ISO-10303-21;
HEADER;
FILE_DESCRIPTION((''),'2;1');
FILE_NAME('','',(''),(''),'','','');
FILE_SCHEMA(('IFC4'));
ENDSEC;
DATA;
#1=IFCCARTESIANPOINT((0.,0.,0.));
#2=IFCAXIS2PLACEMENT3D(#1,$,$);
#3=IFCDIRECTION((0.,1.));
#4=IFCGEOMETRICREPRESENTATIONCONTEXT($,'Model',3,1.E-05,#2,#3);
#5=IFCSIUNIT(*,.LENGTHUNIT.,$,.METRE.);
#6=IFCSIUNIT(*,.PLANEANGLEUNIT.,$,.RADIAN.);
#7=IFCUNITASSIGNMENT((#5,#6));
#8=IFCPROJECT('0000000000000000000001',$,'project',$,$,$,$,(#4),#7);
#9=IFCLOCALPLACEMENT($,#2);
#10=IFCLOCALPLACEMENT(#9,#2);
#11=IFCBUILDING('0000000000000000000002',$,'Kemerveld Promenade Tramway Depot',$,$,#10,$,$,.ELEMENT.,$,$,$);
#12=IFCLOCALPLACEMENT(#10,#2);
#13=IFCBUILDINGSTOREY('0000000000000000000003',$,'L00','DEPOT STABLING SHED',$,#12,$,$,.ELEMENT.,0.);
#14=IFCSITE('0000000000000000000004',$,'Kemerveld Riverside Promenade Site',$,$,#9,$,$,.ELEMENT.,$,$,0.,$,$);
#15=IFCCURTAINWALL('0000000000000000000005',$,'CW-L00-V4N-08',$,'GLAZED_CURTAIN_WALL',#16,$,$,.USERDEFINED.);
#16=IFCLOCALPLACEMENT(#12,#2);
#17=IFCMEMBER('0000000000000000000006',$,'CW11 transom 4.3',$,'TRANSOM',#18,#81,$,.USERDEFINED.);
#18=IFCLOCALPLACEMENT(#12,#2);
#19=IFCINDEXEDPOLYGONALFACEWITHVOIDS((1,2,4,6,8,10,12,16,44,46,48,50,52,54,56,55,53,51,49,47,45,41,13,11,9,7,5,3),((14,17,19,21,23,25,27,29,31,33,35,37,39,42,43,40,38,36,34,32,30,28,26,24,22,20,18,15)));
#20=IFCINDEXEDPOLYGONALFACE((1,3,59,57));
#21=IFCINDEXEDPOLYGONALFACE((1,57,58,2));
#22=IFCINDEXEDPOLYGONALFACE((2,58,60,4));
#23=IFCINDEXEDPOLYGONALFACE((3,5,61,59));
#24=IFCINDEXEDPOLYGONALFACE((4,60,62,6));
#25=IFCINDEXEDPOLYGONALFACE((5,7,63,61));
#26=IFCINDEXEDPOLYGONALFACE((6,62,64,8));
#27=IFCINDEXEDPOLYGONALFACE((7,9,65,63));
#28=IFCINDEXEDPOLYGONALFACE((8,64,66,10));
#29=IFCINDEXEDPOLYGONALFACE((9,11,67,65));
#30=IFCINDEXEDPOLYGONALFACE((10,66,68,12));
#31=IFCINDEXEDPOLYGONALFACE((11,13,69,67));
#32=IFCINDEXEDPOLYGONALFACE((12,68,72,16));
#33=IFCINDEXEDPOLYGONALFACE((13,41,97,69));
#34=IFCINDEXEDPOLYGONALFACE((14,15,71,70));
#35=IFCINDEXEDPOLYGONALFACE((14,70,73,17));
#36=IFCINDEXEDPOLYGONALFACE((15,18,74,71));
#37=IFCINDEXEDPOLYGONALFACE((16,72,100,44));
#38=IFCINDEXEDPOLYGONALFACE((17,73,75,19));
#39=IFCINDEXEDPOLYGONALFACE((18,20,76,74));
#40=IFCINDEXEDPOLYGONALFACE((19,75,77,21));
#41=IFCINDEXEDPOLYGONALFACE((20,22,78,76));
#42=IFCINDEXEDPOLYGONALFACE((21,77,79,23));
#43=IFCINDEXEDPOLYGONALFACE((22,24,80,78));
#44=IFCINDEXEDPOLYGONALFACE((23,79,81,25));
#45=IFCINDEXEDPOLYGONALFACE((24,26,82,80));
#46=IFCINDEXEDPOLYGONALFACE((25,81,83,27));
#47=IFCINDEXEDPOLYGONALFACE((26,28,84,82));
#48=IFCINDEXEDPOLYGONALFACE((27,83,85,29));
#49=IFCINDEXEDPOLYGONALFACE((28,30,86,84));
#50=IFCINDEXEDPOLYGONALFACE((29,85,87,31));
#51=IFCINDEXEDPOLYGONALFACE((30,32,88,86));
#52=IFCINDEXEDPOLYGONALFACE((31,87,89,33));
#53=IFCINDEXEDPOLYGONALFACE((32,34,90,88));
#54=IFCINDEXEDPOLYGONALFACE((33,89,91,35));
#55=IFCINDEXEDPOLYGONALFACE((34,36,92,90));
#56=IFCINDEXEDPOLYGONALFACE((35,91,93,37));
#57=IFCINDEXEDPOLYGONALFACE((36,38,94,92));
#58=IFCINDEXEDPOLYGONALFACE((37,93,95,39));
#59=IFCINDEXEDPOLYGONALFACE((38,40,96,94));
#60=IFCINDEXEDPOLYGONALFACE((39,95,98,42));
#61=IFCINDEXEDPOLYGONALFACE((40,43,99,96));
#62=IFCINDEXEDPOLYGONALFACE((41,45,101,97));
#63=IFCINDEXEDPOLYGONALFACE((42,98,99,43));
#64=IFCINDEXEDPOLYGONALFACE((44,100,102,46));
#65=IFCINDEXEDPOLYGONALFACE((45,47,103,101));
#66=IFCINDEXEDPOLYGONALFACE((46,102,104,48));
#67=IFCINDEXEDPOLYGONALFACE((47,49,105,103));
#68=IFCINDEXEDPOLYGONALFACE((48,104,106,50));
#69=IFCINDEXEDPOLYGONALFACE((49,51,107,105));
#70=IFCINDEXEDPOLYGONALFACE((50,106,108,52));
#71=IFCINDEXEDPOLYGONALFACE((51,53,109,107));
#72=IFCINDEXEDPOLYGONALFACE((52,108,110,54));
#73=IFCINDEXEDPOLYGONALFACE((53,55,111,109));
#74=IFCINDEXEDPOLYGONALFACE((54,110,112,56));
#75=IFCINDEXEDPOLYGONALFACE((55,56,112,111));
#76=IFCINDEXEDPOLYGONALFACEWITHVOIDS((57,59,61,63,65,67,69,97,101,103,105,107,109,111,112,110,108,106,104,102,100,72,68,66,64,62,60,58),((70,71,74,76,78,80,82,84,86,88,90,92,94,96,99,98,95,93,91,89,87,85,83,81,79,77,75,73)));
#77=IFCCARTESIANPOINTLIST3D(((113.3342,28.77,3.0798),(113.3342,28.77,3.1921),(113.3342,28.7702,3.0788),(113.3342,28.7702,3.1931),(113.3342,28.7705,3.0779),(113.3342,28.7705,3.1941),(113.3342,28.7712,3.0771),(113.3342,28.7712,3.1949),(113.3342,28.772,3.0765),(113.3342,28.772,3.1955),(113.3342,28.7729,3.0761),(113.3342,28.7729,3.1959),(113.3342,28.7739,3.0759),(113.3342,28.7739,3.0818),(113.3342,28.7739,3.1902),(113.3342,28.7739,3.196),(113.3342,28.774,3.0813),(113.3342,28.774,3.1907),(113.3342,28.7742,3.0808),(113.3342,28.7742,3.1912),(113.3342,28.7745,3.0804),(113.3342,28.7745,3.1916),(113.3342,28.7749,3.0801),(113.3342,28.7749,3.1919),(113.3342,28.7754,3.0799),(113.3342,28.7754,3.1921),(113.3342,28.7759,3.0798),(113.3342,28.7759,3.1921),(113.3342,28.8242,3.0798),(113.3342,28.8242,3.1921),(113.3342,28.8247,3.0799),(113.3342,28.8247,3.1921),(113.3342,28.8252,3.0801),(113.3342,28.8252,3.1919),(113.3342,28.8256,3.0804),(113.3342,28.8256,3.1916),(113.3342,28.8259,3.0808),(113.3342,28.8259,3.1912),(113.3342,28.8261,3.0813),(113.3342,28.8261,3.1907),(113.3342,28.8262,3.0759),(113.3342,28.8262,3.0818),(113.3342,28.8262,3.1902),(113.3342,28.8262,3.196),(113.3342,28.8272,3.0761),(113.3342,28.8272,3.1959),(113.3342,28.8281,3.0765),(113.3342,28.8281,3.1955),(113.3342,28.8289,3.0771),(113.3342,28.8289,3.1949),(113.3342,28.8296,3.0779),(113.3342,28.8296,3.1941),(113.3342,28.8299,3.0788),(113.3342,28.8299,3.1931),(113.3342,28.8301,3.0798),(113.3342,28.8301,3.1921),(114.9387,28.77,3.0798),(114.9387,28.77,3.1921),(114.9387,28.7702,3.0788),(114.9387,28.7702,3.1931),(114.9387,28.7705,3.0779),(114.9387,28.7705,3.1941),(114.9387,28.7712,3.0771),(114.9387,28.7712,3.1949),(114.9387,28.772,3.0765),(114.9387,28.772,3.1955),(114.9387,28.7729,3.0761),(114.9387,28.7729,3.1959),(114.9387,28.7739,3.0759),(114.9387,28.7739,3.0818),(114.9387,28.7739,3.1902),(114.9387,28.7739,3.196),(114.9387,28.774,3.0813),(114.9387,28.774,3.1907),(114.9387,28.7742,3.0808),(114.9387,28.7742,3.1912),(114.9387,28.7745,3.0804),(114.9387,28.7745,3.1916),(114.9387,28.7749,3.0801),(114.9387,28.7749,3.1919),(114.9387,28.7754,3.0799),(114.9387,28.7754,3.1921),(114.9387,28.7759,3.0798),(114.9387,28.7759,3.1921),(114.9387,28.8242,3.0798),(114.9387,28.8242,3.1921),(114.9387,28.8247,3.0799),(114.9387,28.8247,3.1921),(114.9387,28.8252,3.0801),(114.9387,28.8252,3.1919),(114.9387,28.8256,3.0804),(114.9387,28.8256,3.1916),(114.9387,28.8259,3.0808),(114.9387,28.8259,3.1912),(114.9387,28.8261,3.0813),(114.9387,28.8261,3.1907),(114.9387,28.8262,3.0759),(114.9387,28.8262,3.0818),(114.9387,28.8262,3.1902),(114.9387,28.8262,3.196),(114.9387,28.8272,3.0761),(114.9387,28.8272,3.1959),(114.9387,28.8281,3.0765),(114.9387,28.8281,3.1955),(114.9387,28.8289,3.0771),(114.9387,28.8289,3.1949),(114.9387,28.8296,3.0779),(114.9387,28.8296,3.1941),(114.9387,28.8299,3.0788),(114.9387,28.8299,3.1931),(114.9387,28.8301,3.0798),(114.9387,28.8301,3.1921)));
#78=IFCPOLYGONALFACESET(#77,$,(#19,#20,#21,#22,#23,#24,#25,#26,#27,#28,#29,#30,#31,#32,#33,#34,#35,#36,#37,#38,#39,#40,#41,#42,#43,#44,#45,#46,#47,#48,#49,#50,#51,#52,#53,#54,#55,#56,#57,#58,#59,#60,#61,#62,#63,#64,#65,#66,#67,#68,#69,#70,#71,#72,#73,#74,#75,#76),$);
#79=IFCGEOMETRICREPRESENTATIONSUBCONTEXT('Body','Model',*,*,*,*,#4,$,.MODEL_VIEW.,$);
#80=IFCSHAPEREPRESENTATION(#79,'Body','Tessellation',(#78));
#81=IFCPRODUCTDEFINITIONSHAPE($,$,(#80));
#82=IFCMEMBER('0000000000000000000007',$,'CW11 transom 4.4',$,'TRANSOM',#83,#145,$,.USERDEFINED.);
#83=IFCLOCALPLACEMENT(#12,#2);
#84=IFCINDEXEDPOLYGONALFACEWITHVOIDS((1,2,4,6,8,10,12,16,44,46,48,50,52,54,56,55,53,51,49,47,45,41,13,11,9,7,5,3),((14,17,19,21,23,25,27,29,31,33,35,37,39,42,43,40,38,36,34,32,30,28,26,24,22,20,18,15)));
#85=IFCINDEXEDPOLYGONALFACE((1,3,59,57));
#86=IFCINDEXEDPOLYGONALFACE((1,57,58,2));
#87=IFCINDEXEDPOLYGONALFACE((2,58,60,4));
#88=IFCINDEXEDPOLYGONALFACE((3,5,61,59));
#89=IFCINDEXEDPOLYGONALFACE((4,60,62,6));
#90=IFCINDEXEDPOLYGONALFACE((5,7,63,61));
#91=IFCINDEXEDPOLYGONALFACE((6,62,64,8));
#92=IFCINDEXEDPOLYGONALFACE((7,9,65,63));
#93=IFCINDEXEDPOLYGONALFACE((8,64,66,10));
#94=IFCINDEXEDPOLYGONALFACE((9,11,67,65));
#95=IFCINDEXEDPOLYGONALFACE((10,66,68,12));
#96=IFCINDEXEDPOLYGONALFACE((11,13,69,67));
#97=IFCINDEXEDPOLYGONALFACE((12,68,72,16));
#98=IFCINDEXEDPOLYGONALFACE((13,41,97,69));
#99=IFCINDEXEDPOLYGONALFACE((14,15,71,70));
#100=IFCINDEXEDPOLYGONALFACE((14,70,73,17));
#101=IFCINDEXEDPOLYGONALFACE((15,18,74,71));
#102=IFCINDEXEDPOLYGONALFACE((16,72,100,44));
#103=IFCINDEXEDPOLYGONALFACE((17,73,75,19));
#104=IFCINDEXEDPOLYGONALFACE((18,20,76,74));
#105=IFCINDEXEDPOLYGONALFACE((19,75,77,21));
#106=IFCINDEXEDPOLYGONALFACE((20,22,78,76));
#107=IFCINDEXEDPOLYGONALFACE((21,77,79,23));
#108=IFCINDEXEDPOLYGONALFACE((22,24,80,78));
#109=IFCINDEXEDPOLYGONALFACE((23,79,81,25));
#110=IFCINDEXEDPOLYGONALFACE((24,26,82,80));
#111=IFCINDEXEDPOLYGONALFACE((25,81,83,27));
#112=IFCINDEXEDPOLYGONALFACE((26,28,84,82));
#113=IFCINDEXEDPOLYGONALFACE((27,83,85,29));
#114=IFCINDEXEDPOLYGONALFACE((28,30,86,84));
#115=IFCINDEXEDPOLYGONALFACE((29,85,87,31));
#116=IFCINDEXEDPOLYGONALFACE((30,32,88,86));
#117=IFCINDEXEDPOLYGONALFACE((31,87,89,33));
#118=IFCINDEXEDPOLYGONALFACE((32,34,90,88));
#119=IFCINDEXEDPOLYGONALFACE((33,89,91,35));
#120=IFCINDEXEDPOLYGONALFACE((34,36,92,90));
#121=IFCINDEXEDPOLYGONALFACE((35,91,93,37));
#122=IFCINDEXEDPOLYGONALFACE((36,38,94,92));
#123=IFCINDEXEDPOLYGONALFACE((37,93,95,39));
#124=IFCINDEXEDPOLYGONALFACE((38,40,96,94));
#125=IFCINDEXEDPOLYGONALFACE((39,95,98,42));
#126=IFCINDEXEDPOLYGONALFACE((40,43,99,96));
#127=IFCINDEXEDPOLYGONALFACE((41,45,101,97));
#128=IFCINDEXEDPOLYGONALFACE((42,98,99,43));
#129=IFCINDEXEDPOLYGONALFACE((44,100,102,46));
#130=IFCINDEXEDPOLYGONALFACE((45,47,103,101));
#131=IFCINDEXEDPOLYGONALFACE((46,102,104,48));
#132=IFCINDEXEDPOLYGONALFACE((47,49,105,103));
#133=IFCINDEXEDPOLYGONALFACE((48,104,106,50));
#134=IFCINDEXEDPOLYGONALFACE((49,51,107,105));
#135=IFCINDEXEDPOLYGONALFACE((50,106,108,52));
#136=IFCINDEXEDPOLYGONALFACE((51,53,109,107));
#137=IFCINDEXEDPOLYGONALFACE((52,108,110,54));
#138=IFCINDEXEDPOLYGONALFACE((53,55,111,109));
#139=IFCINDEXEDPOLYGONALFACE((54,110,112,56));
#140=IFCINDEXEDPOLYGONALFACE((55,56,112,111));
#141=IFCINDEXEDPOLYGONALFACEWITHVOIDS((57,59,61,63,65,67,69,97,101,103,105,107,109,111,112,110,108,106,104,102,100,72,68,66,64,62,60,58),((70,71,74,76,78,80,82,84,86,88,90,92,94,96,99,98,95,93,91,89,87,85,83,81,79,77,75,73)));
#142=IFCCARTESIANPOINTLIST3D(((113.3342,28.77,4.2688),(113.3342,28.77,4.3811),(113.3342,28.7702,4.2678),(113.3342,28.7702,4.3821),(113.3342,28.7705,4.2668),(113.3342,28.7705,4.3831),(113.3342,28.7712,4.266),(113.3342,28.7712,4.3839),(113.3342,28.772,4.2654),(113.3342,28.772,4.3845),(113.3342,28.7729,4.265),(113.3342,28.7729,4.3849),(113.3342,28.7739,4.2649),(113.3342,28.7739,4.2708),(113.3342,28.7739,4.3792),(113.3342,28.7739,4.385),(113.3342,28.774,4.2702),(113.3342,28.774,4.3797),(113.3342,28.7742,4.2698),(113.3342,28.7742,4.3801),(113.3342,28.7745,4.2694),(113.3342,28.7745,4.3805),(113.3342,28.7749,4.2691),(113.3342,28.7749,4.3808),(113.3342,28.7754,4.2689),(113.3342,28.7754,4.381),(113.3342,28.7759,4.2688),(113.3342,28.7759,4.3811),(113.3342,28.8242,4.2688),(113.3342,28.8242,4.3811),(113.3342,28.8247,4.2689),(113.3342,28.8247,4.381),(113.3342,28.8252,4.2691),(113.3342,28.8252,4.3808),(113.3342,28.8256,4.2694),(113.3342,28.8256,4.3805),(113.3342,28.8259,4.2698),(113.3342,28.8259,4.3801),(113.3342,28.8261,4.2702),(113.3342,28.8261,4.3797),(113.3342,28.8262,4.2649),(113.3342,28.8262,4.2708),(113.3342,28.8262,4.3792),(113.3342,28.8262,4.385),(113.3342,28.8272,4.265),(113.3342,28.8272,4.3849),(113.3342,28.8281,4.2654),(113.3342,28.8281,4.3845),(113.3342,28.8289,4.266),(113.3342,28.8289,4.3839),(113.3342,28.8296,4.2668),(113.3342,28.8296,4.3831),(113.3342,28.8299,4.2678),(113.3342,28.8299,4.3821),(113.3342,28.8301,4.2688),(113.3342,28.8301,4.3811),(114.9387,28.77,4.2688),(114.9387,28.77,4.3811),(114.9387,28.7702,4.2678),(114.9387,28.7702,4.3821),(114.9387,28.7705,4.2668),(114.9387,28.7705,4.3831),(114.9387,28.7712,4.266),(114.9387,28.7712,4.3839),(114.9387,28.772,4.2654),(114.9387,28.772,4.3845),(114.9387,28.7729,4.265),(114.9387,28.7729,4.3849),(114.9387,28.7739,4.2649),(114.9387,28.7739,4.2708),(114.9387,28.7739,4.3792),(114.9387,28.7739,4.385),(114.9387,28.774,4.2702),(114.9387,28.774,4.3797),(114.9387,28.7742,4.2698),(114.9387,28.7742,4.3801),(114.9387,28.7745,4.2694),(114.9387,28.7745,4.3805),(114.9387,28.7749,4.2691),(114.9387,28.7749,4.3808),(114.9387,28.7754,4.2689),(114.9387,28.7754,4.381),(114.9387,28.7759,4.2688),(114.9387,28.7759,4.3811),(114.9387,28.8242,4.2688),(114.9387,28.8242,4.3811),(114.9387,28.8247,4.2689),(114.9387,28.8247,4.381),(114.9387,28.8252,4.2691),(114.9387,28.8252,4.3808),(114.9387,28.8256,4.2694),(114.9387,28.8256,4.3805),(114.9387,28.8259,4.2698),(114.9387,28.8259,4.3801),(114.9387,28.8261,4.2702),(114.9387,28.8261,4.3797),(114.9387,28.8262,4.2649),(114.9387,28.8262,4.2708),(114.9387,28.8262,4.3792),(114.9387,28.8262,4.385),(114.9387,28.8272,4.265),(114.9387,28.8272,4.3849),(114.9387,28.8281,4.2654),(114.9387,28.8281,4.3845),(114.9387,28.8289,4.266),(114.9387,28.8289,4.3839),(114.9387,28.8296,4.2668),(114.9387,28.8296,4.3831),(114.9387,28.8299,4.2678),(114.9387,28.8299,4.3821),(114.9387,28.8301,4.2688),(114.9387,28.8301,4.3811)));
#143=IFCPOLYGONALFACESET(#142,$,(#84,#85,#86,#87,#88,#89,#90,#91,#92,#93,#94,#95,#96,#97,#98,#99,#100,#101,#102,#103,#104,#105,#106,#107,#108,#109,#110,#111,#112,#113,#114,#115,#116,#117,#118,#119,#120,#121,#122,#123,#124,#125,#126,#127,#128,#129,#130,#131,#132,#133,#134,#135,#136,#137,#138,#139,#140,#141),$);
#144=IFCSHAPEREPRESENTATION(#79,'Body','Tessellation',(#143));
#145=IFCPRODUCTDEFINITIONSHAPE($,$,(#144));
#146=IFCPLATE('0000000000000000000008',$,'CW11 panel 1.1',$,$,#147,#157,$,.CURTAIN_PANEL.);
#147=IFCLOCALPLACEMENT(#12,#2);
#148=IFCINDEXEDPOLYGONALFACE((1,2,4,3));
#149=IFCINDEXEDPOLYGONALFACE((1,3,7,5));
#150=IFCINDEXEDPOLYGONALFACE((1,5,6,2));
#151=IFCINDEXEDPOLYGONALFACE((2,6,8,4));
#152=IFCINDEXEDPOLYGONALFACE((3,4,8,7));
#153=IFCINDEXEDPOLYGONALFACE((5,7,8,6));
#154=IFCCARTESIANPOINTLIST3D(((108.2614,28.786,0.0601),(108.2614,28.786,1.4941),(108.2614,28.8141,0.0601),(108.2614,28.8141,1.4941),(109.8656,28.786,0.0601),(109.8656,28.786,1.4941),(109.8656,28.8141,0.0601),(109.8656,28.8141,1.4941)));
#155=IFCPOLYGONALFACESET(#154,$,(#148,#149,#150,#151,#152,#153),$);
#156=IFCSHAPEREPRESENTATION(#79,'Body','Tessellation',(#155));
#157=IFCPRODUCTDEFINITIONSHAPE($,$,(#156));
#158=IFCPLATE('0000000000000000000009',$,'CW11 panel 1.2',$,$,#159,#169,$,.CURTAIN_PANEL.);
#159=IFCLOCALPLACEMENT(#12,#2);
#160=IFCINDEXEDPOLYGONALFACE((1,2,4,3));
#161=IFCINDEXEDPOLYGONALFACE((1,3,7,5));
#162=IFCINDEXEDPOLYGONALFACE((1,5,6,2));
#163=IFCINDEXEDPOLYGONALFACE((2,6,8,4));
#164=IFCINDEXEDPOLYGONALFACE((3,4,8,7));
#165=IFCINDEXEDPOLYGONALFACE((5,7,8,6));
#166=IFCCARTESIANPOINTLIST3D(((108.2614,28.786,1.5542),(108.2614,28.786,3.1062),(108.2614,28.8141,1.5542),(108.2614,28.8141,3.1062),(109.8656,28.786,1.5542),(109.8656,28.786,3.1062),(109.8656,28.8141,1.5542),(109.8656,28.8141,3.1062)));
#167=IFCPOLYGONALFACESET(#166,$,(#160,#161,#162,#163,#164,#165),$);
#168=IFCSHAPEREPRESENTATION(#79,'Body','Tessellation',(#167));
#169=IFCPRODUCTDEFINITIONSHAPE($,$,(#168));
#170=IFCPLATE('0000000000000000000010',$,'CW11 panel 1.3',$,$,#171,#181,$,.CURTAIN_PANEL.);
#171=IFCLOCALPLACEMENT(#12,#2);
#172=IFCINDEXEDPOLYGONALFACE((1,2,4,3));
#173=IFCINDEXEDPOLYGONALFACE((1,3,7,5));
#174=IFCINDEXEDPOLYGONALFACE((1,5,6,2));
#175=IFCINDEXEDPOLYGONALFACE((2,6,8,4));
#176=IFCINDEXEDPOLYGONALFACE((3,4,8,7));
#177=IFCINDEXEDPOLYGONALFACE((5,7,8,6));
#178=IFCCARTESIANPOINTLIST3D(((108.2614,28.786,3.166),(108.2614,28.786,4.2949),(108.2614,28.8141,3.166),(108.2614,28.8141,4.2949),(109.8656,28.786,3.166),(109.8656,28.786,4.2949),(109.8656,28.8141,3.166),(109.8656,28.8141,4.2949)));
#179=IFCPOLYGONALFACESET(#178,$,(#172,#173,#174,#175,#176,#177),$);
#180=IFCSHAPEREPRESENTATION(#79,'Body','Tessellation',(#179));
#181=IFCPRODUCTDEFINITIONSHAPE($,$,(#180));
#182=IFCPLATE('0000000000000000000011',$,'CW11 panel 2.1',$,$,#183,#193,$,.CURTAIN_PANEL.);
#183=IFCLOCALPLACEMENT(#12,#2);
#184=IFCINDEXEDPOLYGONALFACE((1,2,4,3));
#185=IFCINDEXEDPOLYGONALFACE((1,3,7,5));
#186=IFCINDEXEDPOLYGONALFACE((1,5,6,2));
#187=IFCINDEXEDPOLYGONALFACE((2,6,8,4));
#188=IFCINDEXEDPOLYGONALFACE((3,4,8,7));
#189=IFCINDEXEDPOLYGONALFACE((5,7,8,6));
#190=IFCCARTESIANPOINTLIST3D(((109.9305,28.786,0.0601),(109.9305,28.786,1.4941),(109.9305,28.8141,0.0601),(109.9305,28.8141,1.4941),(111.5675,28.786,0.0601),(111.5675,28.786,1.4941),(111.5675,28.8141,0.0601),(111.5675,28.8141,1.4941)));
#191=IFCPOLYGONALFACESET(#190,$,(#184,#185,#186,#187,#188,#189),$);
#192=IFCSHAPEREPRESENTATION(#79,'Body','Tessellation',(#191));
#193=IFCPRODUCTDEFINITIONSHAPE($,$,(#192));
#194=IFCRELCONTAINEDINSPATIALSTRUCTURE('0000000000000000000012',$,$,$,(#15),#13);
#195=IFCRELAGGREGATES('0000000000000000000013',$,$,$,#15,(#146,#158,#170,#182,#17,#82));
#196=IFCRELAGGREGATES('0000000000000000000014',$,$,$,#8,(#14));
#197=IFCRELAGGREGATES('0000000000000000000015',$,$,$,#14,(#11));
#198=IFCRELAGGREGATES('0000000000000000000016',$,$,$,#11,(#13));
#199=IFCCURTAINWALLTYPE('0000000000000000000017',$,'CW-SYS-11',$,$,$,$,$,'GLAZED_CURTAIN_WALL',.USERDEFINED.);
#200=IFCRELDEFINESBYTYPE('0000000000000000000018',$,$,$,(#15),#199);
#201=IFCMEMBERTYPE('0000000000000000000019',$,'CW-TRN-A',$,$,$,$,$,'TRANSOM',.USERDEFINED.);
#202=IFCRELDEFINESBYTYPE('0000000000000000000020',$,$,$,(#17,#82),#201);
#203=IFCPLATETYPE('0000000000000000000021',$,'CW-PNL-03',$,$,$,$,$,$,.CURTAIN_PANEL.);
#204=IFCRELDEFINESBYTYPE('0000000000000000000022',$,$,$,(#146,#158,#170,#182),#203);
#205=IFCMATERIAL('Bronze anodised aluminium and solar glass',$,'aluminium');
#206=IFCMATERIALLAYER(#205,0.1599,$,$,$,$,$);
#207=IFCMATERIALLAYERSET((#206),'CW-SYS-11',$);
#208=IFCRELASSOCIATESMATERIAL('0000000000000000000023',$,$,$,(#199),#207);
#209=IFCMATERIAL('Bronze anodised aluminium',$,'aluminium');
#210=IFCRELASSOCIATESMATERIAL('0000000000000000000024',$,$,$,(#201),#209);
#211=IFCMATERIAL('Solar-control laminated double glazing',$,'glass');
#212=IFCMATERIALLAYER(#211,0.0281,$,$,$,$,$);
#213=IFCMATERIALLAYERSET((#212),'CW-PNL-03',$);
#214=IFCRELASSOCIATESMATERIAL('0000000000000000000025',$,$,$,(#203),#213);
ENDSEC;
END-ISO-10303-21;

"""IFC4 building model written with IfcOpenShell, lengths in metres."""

from ifc_helpers import new_model, si_unit, direction, frame, origin, origin_2d, place, context, subcontext, project, spatial, rectangle, hollow_rectangle, extrude, material, layer, layer_set, material_profile, profile_set, type_object, element, aggregate, save


model = new_model("IFC4")

# Units and contexts
model_context = context("Model", 3, precision=1e-05, world=origin(), true_north=direction((0.0, 1.0)))
body_context = subcontext(model_context, "Body", "Model", "MODEL_VIEW")
ifc_project = project(units=[si_unit("LENGTHUNIT", "METRE"), si_unit("PLANEANGLEUNIT", "RADIAN")], contexts=[model_context])

# Site, building, storey
site_placement = place(None, origin())
site = spatial("IfcSite", under=ifc_project, at=site_placement, Name="Kemerveld Riverside Promenade Site", CompositionType="ELEMENT", RefElevation=0.0)
building_placement = place(site_placement, origin())
building = spatial("IfcBuilding", under=site, at=building_placement, Name="Kemerveld Promenade Tramway Depot", CompositionType="ELEMENT")
storey_placement = place(building_placement, origin())
storey = spatial("IfcBuildingStorey", under=building, at=storey_placement, Name="L00", Description="DEPOT STABLING SHED", CompositionType="ELEMENT", Elevation=0.0)

# Curtain wall, members, plates
ifc_material_1 = material(Name="Bronze anodised aluminium and solar glass", Category="aluminium")
ifc_layer_1 = layer(ifc_material_1, 0.1599)
ifc_layer_set_1 = layer_set([ifc_layer_1], Name="CW-SYS-11")
curtain_wall_type = type_object("IfcCurtainWallType", Name="CW-SYS-11", ElementType="GLAZED_CURTAIN_WALL", PredefinedType="USERDEFINED", material=ifc_layer_set_1)
curtain_wall_placement = place(storey_placement, origin())
curtain_wall = element("IfcCurtainWall", 1, at=curtain_wall_placement, inside=storey, type_object=curtain_wall_type, Name="CW-L00-V4N-08", ObjectType="GLAZED_CURTAIN_WALL", PredefinedType="USERDEFINED")
ifc_material_2 = material(Name="Bronze anodised aluminium", Category="aluminium")
ifc_material_profile_1 = material_profile(ifc_material_2, hollow_rectangle(XDim=0.0601, YDim=0.1201, WallThickness=0.0039, InnerFilletRadius=0.002, OuterFilletRadius=0.0039, at=origin_2d()), Name="CW-TRN-120x60")
ifc_profile_set_1 = profile_set([ifc_material_profile_1], Name="Bronze anodised aluminium")
member_type_1 = type_object("IfcMemberType", Name="CW-TRN-A", ElementType="TRANSOM", PredefinedType="USERDEFINED", material=ifc_profile_set_1)
member_1_placement = place(storey_placement, frame((113.3342, 28.8, 3.136), z_axis=(1.0, 0.0, 0.0), x_axis=(0.0, 1.0, 0.0)))
member_1 = element("IfcMember", 2, at=member_1_placement, type_object=member_type_1, Name="CW11 transom 4.3", ObjectType="TRANSOM", PredefinedType="USERDEFINED", context=body_context, shape_type="SweptSolid", body=[
    extrude(hollow_rectangle(XDim=0.0601, YDim=0.1201, WallThickness=0.0039, InnerFilletRadius=0.002, OuterFilletRadius=0.0039, at=origin_2d()), origin(), (0.0, 0.0, 1.0), 1.6045),
])
member_2_placement = place(storey_placement, frame((113.3342, 28.8, 4.325), z_axis=(1.0, 0.0, 0.0), x_axis=(0.0, 1.0, 0.0)))
member_2 = element("IfcMember", 3, at=member_2_placement, type_object=member_type_1, Name="CW11 transom 4.4", ObjectType="TRANSOM", PredefinedType="USERDEFINED", context=body_context, shape_type="SweptSolid", body=[
    extrude(hollow_rectangle(XDim=0.0601, YDim=0.1201, WallThickness=0.0039, InnerFilletRadius=0.002, OuterFilletRadius=0.0039, at=origin_2d()), origin(), (0.0, 0.0, 1.0), 1.6045),
])
ifc_material_3 = material(Name="Solar-control laminated double glazing", Category="glass")
ifc_layer_2 = layer(ifc_material_3, 0.0281)
ifc_layer_set_2 = layer_set([ifc_layer_2], Name="CW-PNL-03")
plate_type_1 = type_object("IfcPlateType", Name="CW-PNL-03", PredefinedType="CURTAIN_PANEL", material=ifc_layer_set_2)
plate_1_placement = place(storey_placement, frame((109.0635, 28.8, 0.0601), z_axis=(0.0, 0.0, 1.0), x_axis=(1.0, 0.0, 0.0)))
plate_1 = element("IfcPlate", 4, at=plate_1_placement, type_object=plate_type_1, Name="CW11 panel 1.1", PredefinedType="CURTAIN_PANEL", context=body_context, shape_type="SweptSolid", body=[
    extrude(rectangle(XDim=1.6042, YDim=0.0281, at=origin_2d()), origin(), (0.0, 0.0, 1.0), 1.4341),
])
plate_2_placement = place(storey_placement, frame((109.0635, 28.8, 1.5542), z_axis=(0.0, 0.0, 1.0), x_axis=(1.0, 0.0, 0.0)))
plate_2 = element("IfcPlate", 5, at=plate_2_placement, type_object=plate_type_1, Name="CW11 panel 1.2", PredefinedType="CURTAIN_PANEL", context=body_context, shape_type="SweptSolid", body=[
    extrude(rectangle(XDim=1.6042, YDim=0.0281, at=origin_2d()), origin(), (0.0, 0.0, 1.0), 1.552),
])
plate_3_placement = place(storey_placement, frame((109.0635, 28.8, 3.166), z_axis=(0.0, 0.0, 1.0), x_axis=(1.0, 0.0, 0.0)))
plate_3 = element("IfcPlate", 6, at=plate_3_placement, type_object=plate_type_1, Name="CW11 panel 1.3", PredefinedType="CURTAIN_PANEL", context=body_context, shape_type="SweptSolid", body=[
    extrude(rectangle(XDim=1.6042, YDim=0.0281, at=origin_2d()), origin(), (0.0, 0.0, 1.0), 1.1289),
])
plate_4_placement = place(storey_placement, frame((110.749, 28.8, 0.0601), z_axis=(0.0, 0.0, 1.0), x_axis=(1.0, 0.0, 0.0)))
plate_4 = element("IfcPlate", 7, at=plate_4_placement, type_object=plate_type_1, Name="CW11 panel 2.1", PredefinedType="CURTAIN_PANEL", context=body_context, shape_type="SweptSolid", body=[
    extrude(rectangle(XDim=1.637, YDim=0.0281, at=origin_2d()), origin(), (0.0, 0.0, 1.0), 1.4341),
])
aggregate(curtain_wall, [plate_1, plate_2, plate_3, plate_4, member_1, member_2])

save(model, "model.ifc")
